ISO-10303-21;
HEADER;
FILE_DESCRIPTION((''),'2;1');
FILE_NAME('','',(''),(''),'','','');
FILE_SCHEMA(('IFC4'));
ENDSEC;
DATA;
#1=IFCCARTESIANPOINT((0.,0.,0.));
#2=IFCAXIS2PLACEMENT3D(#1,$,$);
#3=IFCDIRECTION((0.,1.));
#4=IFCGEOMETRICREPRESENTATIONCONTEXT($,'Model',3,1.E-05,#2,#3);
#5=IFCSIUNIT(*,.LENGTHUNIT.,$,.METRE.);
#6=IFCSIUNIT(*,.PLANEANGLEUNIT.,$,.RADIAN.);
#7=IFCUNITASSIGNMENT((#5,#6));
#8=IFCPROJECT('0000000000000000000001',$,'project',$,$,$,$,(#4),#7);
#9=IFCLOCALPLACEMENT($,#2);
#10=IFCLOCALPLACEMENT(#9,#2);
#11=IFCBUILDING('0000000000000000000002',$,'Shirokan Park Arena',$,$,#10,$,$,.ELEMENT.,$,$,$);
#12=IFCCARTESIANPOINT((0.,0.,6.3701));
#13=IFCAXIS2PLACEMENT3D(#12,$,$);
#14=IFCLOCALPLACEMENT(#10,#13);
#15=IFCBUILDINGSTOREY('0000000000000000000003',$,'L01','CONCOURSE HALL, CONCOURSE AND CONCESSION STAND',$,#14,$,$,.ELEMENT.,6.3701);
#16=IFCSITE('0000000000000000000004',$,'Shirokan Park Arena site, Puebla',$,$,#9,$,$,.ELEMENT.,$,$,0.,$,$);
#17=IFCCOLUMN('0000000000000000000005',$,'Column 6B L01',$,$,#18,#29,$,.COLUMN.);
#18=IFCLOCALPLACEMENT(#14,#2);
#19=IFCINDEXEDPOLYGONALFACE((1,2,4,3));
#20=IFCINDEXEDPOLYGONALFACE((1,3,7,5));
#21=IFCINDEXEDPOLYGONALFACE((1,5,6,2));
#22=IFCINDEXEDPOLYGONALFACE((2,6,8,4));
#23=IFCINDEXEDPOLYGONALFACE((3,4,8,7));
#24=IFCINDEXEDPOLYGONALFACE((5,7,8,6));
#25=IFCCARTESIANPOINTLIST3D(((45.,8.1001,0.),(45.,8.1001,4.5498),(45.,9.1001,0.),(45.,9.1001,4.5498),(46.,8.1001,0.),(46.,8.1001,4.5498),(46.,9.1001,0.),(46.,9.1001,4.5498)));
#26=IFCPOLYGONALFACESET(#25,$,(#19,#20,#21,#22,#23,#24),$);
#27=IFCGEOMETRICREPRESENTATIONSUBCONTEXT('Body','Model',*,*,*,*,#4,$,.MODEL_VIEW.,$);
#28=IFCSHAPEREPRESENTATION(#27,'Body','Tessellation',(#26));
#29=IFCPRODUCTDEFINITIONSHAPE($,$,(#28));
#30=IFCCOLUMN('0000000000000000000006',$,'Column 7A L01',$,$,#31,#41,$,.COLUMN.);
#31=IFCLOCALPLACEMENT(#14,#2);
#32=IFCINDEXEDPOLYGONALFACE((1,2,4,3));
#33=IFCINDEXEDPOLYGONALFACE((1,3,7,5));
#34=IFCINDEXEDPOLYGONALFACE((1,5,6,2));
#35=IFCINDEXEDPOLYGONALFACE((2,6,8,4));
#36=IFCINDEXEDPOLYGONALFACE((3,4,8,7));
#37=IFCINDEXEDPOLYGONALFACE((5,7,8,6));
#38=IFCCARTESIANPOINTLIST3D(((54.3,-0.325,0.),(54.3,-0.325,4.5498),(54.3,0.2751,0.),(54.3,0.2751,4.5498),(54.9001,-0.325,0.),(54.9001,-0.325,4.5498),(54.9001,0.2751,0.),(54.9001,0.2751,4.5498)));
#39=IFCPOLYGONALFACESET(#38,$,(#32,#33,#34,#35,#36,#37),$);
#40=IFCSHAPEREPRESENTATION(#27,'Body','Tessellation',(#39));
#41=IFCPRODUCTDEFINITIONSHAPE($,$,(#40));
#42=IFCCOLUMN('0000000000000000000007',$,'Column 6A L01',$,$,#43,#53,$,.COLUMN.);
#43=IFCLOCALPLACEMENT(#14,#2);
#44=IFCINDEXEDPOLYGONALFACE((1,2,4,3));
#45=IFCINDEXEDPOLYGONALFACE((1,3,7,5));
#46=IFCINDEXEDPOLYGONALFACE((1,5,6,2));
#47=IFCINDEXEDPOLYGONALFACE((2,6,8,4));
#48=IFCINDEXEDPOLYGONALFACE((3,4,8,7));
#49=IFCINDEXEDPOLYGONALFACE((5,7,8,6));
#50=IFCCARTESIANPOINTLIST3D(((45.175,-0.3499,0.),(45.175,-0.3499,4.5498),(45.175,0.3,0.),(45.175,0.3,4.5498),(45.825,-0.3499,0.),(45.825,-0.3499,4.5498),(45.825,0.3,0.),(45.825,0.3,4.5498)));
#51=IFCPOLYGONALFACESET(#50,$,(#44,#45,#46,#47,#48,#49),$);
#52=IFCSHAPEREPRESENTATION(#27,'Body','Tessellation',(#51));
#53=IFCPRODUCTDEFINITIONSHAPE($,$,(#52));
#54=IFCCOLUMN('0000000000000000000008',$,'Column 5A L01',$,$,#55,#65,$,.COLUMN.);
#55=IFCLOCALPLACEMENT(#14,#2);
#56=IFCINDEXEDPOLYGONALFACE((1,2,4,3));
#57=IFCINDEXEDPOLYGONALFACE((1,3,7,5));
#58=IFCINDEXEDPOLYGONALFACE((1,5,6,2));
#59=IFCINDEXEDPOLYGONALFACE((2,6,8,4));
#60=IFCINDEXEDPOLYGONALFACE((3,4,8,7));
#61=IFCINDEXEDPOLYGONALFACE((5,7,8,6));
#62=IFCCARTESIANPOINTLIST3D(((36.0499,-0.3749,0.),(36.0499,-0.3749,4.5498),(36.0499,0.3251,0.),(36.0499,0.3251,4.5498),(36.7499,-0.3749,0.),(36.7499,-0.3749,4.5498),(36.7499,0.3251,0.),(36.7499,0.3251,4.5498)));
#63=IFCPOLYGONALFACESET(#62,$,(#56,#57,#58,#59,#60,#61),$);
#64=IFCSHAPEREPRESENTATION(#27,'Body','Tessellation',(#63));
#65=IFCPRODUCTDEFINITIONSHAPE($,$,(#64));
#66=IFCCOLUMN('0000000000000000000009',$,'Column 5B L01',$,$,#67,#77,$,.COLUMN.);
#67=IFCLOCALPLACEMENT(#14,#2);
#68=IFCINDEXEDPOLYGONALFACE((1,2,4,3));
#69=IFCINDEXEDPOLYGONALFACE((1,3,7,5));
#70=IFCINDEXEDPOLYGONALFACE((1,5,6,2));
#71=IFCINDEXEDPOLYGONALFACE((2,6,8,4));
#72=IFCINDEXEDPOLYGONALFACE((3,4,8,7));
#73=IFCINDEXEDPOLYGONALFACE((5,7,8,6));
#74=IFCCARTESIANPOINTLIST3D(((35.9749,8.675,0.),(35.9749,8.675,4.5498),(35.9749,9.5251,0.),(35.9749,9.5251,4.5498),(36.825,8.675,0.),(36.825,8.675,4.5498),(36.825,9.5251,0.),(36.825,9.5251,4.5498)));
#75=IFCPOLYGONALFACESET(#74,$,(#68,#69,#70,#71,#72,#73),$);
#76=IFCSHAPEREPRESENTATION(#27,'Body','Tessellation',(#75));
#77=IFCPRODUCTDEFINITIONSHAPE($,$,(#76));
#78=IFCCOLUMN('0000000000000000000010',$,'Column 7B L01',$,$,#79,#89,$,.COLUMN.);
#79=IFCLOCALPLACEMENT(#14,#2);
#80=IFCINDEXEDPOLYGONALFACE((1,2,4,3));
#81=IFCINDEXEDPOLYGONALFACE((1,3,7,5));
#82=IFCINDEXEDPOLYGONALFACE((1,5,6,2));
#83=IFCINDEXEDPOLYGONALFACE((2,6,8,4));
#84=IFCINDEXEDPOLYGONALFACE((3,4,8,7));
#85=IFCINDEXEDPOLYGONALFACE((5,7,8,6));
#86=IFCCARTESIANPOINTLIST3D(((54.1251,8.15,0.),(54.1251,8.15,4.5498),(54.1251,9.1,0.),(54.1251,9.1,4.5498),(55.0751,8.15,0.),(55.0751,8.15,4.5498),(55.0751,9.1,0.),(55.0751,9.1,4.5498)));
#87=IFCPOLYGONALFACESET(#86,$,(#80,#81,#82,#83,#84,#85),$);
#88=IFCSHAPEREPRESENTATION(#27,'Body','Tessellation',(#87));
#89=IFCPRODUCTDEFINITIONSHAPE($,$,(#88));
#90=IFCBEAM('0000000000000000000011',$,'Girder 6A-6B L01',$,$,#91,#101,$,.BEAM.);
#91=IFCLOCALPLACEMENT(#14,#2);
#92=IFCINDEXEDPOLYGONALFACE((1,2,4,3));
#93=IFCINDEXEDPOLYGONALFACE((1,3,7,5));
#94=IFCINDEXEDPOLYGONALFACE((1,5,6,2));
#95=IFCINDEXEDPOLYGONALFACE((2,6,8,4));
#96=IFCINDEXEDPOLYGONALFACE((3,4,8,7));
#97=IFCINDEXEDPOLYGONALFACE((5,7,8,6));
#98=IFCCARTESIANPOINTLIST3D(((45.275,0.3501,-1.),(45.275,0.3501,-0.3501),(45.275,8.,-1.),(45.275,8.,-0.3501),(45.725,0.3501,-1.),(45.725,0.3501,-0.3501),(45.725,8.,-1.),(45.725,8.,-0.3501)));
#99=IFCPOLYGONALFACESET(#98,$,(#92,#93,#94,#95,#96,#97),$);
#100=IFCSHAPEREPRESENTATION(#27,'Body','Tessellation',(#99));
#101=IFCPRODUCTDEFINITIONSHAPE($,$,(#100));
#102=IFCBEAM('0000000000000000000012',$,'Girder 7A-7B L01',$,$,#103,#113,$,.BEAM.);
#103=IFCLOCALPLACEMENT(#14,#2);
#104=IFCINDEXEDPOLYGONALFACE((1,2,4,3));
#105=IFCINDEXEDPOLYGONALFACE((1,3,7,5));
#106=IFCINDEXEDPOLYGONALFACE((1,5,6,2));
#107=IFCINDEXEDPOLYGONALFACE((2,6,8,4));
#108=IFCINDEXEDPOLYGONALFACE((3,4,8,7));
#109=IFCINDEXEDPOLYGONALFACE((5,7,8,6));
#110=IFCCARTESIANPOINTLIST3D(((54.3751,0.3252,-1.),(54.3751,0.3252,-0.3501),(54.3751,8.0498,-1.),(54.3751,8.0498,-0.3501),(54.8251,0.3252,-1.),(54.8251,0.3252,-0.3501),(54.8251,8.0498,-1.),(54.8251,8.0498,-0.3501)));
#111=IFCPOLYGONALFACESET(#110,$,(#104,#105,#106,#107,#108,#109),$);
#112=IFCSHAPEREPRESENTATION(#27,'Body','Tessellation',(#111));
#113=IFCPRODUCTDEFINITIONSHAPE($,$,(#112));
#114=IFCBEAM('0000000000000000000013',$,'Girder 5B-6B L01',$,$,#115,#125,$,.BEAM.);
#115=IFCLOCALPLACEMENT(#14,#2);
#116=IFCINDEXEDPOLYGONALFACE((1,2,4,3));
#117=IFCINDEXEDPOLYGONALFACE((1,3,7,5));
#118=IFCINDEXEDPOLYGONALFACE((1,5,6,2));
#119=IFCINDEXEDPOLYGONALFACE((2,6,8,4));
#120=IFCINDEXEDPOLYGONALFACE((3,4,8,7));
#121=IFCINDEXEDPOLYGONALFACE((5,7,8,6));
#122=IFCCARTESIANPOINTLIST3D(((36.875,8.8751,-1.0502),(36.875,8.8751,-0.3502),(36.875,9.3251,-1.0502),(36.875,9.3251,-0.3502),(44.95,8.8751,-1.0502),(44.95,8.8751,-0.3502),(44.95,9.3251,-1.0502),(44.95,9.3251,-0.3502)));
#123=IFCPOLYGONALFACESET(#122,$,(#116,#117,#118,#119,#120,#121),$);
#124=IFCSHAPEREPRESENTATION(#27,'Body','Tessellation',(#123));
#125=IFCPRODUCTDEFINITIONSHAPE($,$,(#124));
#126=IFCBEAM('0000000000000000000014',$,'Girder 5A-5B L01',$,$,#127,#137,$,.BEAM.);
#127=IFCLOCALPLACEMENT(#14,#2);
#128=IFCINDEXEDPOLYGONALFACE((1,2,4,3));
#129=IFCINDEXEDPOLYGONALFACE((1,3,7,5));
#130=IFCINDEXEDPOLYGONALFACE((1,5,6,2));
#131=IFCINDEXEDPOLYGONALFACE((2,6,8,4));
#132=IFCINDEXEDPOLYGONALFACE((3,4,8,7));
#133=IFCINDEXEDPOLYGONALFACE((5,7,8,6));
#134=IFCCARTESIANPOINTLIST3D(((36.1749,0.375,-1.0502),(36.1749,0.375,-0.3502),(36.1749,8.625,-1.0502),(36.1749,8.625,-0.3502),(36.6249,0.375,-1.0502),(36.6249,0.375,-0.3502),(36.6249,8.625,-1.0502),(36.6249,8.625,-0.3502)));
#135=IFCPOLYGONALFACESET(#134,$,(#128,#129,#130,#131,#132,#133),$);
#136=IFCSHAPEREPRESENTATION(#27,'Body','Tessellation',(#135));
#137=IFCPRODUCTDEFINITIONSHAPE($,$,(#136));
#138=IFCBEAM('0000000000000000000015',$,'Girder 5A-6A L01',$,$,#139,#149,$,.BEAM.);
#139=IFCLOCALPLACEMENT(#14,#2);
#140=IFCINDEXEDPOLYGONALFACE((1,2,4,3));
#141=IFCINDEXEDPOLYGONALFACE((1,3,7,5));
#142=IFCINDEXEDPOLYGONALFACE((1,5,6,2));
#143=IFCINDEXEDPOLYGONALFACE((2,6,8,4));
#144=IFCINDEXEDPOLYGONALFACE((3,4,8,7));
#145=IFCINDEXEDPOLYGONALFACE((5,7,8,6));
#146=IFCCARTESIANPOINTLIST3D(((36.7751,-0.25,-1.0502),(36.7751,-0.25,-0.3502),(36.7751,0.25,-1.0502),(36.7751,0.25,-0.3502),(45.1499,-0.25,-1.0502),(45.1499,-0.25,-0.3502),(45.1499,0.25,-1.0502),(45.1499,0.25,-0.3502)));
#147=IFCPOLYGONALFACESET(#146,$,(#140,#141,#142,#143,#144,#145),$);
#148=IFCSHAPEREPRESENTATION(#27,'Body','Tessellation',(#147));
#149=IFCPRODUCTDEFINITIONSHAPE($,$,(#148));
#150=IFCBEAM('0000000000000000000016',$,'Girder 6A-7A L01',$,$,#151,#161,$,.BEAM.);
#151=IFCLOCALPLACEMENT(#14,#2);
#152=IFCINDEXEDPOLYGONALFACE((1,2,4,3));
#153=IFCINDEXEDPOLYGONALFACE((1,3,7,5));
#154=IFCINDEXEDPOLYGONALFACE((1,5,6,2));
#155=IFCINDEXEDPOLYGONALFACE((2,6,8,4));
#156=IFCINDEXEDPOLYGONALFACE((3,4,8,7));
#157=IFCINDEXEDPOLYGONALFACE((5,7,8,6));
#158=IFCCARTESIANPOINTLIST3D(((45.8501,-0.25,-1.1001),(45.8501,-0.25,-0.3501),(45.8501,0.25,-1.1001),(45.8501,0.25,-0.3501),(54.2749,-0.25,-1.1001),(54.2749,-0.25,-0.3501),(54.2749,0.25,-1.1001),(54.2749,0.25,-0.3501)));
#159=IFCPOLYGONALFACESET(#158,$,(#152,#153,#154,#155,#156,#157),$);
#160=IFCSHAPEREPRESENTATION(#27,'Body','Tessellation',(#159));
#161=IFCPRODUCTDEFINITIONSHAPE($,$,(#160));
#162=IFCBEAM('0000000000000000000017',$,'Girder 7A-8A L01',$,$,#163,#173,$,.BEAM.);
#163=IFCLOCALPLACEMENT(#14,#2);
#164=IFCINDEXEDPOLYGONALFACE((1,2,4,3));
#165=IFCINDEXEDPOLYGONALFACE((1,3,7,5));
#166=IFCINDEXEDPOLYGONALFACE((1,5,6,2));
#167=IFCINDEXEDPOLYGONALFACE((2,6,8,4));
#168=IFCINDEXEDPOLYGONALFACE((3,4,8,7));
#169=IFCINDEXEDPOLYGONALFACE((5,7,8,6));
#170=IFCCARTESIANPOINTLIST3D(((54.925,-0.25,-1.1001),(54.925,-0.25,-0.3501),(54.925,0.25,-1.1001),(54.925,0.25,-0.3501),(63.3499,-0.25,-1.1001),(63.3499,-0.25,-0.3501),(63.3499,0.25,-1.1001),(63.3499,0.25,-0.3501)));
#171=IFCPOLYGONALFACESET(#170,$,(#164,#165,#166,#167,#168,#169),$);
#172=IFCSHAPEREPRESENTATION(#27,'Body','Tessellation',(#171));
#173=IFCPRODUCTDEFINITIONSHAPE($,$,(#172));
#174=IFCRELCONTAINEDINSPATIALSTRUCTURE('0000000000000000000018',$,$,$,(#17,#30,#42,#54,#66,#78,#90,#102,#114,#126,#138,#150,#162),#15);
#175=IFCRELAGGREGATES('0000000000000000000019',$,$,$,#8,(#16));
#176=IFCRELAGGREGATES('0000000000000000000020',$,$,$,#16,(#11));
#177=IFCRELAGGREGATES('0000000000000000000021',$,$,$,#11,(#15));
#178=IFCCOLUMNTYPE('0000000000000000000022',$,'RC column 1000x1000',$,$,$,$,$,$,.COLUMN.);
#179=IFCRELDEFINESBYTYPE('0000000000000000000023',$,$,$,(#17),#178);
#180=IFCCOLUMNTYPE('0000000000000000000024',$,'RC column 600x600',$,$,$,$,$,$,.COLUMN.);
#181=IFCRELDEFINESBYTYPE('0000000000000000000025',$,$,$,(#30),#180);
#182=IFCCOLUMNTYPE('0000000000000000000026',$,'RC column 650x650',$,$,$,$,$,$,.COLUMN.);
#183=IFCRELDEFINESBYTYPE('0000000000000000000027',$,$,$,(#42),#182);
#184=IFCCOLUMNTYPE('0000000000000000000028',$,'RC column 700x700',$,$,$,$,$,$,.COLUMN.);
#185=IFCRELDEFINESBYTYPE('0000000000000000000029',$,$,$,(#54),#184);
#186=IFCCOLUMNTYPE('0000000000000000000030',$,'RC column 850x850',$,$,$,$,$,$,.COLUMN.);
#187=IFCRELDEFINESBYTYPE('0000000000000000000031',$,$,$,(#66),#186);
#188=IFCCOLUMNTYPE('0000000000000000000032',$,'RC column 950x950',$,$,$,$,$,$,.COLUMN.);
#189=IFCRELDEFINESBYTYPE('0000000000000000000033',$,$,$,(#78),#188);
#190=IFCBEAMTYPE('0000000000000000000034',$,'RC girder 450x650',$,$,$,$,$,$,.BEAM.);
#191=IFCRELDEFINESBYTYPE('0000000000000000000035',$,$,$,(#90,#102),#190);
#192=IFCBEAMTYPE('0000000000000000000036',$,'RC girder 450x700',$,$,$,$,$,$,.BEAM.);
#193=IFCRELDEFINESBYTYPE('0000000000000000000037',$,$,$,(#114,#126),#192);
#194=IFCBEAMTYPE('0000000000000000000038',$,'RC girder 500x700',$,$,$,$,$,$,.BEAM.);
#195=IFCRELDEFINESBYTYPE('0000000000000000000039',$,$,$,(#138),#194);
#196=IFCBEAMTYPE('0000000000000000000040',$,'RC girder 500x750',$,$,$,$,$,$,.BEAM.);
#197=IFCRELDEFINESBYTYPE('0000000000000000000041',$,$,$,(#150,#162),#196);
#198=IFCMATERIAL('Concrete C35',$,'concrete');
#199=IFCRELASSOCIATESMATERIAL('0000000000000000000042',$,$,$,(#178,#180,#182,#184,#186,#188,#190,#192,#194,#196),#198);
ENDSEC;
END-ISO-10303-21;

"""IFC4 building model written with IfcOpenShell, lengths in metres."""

from ifc_helpers import new_model, si_unit, direction, frame, origin, origin_2d, place, context, subcontext, project, spatial, rectangle, extrude, material, material_profile, profile_set, type_object, element, save


model = new_model("IFC4")

# Units and contexts
model_context = context("Model", 3, precision=1e-05, world=origin(), true_north=direction((0.0, 1.0)))
body_context = subcontext(model_context, "Body", "Model", "MODEL_VIEW")
ifc_project = project(units=[si_unit("LENGTHUNIT", "METRE"), si_unit("PLANEANGLEUNIT", "RADIAN")], contexts=[model_context])

# Site, building, storey
site_placement = place(None, origin())
site = spatial("IfcSite", under=ifc_project, at=site_placement, Name="Shirokan Park Arena site, Puebla", CompositionType="ELEMENT", RefElevation=0.0)
building_placement = place(site_placement, origin())
building = spatial("IfcBuilding", under=site, at=building_placement, Name="Shirokan Park Arena", CompositionType="ELEMENT")
storey_placement = place(building_placement, frame((0.0, 0.0, 6.3701)))
storey = spatial("IfcBuildingStorey", under=building, at=storey_placement, Name="L01", Description="CONCOURSE HALL, CONCOURSE AND CONCESSION STAND", CompositionType="ELEMENT", Elevation=6.3701)

# Columns
ifc_material_1 = material(Name="Concrete C35", Category="concrete")
ifc_material_profile_1 = material_profile(ifc_material_1, rectangle(XDim=1.0, YDim=1.0, at=origin_2d()), Name="1000x1000")
ifc_profile_set_1 = profile_set([ifc_material_profile_1], Name="Concrete C35")
column_type_1 = type_object("IfcColumnType", Name="RC column 1000x1000", PredefinedType="COLUMN", material=ifc_profile_set_1)
column_1_placement = place(storey_placement, frame((45.5, 8.6001, 0.0), z_axis=(0.0, 0.0, 1.0), x_axis=(1.0, 0.0, 0.0)))
element("IfcColumn", 1, at=column_1_placement, inside=storey, type_object=column_type_1, Name="Column 6B L01", PredefinedType="COLUMN", context=body_context, shape_type="SweptSolid", body=[
    extrude(rectangle(XDim=1.0, YDim=1.0, at=origin_2d()), origin(), (0.0, 0.0, 1.0), 4.5498),
])
ifc_material_profile_2 = material_profile(ifc_material_1, rectangle(XDim=0.6001, YDim=0.6001, at=origin_2d()), Name="600x600")
ifc_profile_set_2 = profile_set([ifc_material_profile_2], Name="Concrete C35")
column_type_2 = type_object("IfcColumnType", Name="RC column 600x600", PredefinedType="COLUMN", material=ifc_profile_set_2)
column_2_placement = place(storey_placement, frame((54.6001, -0.0249, 0.0), z_axis=(0.0, 0.0, 1.0), x_axis=(1.0, 0.0, 0.0)))
element("IfcColumn", 2, at=column_2_placement, inside=storey, type_object=column_type_2, Name="Column 7A L01", PredefinedType="COLUMN", context=body_context, shape_type="SweptSolid", body=[
    extrude(rectangle(XDim=0.6001, YDim=0.6001, at=origin_2d()), origin(), (0.0, 0.0, 1.0), 4.5498),
])
ifc_material_profile_3 = material_profile(ifc_material_1, rectangle(XDim=0.6499, YDim=0.6499, at=origin_2d()), Name="650x650")
ifc_profile_set_3 = profile_set([ifc_material_profile_3], Name="Concrete C35")
column_type_3 = type_object("IfcColumnType", Name="RC column 650x650", PredefinedType="COLUMN", material=ifc_profile_set_3)
column_3_placement = place(storey_placement, frame((45.5, -0.0249, 0.0), z_axis=(0.0, 0.0, 1.0), x_axis=(1.0, 0.0, 0.0)))
element("IfcColumn", 3, at=column_3_placement, inside=storey, type_object=column_type_3, Name="Column 6A L01", PredefinedType="COLUMN", context=body_context, shape_type="SweptSolid", body=[
    extrude(rectangle(XDim=0.6499, YDim=0.6499, at=origin_2d()), origin(), (0.0, 0.0, 1.0), 4.5498),
])
ifc_material_profile_4 = material_profile(ifc_material_1, rectangle(XDim=0.7, YDim=0.7, at=origin_2d()), Name="700x700")
ifc_profile_set_4 = profile_set([ifc_material_profile_4], Name="Concrete C35")
column_type_4 = type_object("IfcColumnType", Name="RC column 700x700", PredefinedType="COLUMN", material=ifc_profile_set_4)
column_4_placement = place(storey_placement, frame((36.3999, -0.0249, 0.0), z_axis=(0.0, 0.0, 1.0), x_axis=(1.0, 0.0, 0.0)))
element("IfcColumn", 4, at=column_4_placement, inside=storey, type_object=column_type_4, Name="Column 5A L01", PredefinedType="COLUMN", context=body_context, shape_type="SweptSolid", body=[
    extrude(rectangle(XDim=0.7, YDim=0.7, at=origin_2d()), origin(), (0.0, 0.0, 1.0), 4.5498),
])
ifc_material_profile_5 = material_profile(ifc_material_1, rectangle(XDim=0.8501, YDim=0.8501, at=origin_2d()), Name="850x850")
ifc_profile_set_5 = profile_set([ifc_material_profile_5], Name="Concrete C35")
column_type_5 = type_object("IfcColumnType", Name="RC column 850x850", PredefinedType="COLUMN", material=ifc_profile_set_5)
column_5_placement = place(storey_placement, frame((36.3999, 9.1001, 0.0), z_axis=(0.0, 0.0, 1.0), x_axis=(1.0, 0.0, 0.0)))
element("IfcColumn", 5, at=column_5_placement, inside=storey, type_object=column_type_5, Name="Column 5B L01", PredefinedType="COLUMN", context=body_context, shape_type="SweptSolid", body=[
    extrude(rectangle(XDim=0.8501, YDim=0.8501, at=origin_2d()), origin(), (0.0, 0.0, 1.0), 4.5498),
])
ifc_material_profile_6 = material_profile(ifc_material_1, rectangle(XDim=0.95, YDim=0.95, at=origin_2d()), Name="950x950")
ifc_profile_set_6 = profile_set([ifc_material_profile_6], Name="Concrete C35")
column_type_6 = type_object("IfcColumnType", Name="RC column 950x950", PredefinedType="COLUMN", material=ifc_profile_set_6)
column_6_placement = place(storey_placement, frame((54.6001, 8.625, 0.0), z_axis=(0.0, 0.0, 1.0), x_axis=(1.0, 0.0, 0.0)))
element("IfcColumn", 6, at=column_6_placement, inside=storey, type_object=column_type_6, Name="Column 7B L01", PredefinedType="COLUMN", context=body_context, shape_type="SweptSolid", body=[
    extrude(rectangle(XDim=0.95, YDim=0.95, at=origin_2d()), origin(), (0.0, 0.0, 1.0), 4.5498),
])

# Beams
ifc_material_profile_7 = material_profile(ifc_material_1, rectangle(XDim=0.45, YDim=0.6499, at=origin_2d()), Name="450x650")
ifc_profile_set_7 = profile_set([ifc_material_profile_7], Name="Concrete C35")
beam_type_1 = type_object("IfcBeamType", Name="RC girder 450x650", PredefinedType="BEAM", material=ifc_profile_set_7)
beam_1_placement = place(storey_placement, frame((45.5, 0.3501, -0.675), z_axis=(0.0, 1.0, 0.0), x_axis=(-1.0, 0.0, 0.0)))
element("IfcBeam", 7, at=beam_1_placement, inside=storey, type_object=beam_type_1, Name="Girder 6A-6B L01", PredefinedType="BEAM", context=body_context, shape_type="SweptSolid", body=[
    extrude(rectangle(XDim=0.45, YDim=0.6499, at=origin_2d()), origin(), (0.0, 0.0, 1.0), 7.6499),
])
beam_2_placement = place(storey_placement, frame((54.6001, 0.3252, -0.675), z_axis=(0.0, 1.0, 0.0), x_axis=(-1.0, 0.0, 0.0)))
element("IfcBeam", 8, at=beam_2_placement, inside=storey, type_object=beam_type_1, Name="Girder 7A-7B L01", PredefinedType="BEAM", context=body_context, shape_type="SweptSolid", body=[
    extrude(rectangle(XDim=0.45, YDim=0.6499, at=origin_2d()), origin(), (0.0, 0.0, 1.0), 7.7246),
])
ifc_material_profile_8 = material_profile(ifc_material_1, rectangle(XDim=0.45, YDim=0.7, at=origin_2d()), Name="450x700")
ifc_profile_set_8 = profile_set([ifc_material_profile_8], Name="Concrete C35")
beam_type_2 = type_object("IfcBeamType", Name="RC girder 450x700", PredefinedType="BEAM", material=ifc_profile_set_8)
beam_3_placement = place(storey_placement, frame((36.875, 9.1001, -0.7002), z_axis=(1.0, 0.0, 0.0), x_axis=(0.0, 1.0, 0.0)))
element("IfcBeam", 9, at=beam_3_placement, inside=storey, type_object=beam_type_2, Name="Girder 5B-6B L01", PredefinedType="BEAM", context=body_context, shape_type="SweptSolid", body=[
    extrude(rectangle(XDim=0.45, YDim=0.7, at=origin_2d()), origin(), (0.0, 0.0, 1.0), 8.075),
])
beam_4_placement = place(storey_placement, frame((36.3999, 0.375, -0.7002), z_axis=(0.0, 1.0, 0.0), x_axis=(-1.0, 0.0, 0.0)))
element("IfcBeam", 10, at=beam_4_placement, inside=storey, type_object=beam_type_2, Name="Girder 5A-5B L01", PredefinedType="BEAM", context=body_context, shape_type="SweptSolid", body=[
    extrude(rectangle(XDim=0.45, YDim=0.7, at=origin_2d()), origin(), (0.0, 0.0, 1.0), 8.25),
])
ifc_material_profile_9 = material_profile(ifc_material_1, rectangle(XDim=0.5, YDim=0.7, at=origin_2d()), Name="500x700")
ifc_profile_set_9 = profile_set([ifc_material_profile_9], Name="Concrete C35")
beam_type_3 = type_object("IfcBeamType", Name="RC girder 500x700", PredefinedType="BEAM", material=ifc_profile_set_9)
beam_5_placement = place(storey_placement, frame((36.7751, 0.0, -0.7002), z_axis=(1.0, 0.0, 0.0), x_axis=(0.0, 1.0, 0.0)))
element("IfcBeam", 11, at=beam_5_placement, inside=storey, type_object=beam_type_3, Name="Girder 5A-6A L01", PredefinedType="BEAM", context=body_context, shape_type="SweptSolid", body=[
    extrude(rectangle(XDim=0.5, YDim=0.7, at=origin_2d()), origin(), (0.0, 0.0, 1.0), 8.3748),
])
ifc_material_profile_10 = material_profile(ifc_material_1, rectangle(XDim=0.5, YDim=0.75, at=origin_2d()), Name="500x750")
ifc_profile_set_10 = profile_set([ifc_material_profile_10], Name="Concrete C35")
beam_type_4 = type_object("IfcBeamType", Name="RC girder 500x750", PredefinedType="BEAM", material=ifc_profile_set_10)
for number, where, z_axis, x_axis, name in (
    (12, (45.8501, 0.0, -0.7251), (1.0, 0.0, 0.0), (0.0, 1.0, 0.0), "Girder 6A-7A L01"),
    (13, (54.925, 0.0, -0.7251), (1.0, 0.0, 0.0), (0.0, 1.0, 0.0), "Girder 7A-8A L01"),
):
    element("IfcBeam", number, at=place(storey_placement, frame(where, z_axis=z_axis, x_axis=x_axis)), inside=storey, type_object=beam_type_4, Name=name, PredefinedType="BEAM", context=body_context, shape_type="SweptSolid", body=[
        extrude(rectangle(XDim=0.5, YDim=0.75, at=origin_2d()), origin(), (0.0, 0.0, 1.0), 8.4248),
    ])

save(model, "model.ifc")
